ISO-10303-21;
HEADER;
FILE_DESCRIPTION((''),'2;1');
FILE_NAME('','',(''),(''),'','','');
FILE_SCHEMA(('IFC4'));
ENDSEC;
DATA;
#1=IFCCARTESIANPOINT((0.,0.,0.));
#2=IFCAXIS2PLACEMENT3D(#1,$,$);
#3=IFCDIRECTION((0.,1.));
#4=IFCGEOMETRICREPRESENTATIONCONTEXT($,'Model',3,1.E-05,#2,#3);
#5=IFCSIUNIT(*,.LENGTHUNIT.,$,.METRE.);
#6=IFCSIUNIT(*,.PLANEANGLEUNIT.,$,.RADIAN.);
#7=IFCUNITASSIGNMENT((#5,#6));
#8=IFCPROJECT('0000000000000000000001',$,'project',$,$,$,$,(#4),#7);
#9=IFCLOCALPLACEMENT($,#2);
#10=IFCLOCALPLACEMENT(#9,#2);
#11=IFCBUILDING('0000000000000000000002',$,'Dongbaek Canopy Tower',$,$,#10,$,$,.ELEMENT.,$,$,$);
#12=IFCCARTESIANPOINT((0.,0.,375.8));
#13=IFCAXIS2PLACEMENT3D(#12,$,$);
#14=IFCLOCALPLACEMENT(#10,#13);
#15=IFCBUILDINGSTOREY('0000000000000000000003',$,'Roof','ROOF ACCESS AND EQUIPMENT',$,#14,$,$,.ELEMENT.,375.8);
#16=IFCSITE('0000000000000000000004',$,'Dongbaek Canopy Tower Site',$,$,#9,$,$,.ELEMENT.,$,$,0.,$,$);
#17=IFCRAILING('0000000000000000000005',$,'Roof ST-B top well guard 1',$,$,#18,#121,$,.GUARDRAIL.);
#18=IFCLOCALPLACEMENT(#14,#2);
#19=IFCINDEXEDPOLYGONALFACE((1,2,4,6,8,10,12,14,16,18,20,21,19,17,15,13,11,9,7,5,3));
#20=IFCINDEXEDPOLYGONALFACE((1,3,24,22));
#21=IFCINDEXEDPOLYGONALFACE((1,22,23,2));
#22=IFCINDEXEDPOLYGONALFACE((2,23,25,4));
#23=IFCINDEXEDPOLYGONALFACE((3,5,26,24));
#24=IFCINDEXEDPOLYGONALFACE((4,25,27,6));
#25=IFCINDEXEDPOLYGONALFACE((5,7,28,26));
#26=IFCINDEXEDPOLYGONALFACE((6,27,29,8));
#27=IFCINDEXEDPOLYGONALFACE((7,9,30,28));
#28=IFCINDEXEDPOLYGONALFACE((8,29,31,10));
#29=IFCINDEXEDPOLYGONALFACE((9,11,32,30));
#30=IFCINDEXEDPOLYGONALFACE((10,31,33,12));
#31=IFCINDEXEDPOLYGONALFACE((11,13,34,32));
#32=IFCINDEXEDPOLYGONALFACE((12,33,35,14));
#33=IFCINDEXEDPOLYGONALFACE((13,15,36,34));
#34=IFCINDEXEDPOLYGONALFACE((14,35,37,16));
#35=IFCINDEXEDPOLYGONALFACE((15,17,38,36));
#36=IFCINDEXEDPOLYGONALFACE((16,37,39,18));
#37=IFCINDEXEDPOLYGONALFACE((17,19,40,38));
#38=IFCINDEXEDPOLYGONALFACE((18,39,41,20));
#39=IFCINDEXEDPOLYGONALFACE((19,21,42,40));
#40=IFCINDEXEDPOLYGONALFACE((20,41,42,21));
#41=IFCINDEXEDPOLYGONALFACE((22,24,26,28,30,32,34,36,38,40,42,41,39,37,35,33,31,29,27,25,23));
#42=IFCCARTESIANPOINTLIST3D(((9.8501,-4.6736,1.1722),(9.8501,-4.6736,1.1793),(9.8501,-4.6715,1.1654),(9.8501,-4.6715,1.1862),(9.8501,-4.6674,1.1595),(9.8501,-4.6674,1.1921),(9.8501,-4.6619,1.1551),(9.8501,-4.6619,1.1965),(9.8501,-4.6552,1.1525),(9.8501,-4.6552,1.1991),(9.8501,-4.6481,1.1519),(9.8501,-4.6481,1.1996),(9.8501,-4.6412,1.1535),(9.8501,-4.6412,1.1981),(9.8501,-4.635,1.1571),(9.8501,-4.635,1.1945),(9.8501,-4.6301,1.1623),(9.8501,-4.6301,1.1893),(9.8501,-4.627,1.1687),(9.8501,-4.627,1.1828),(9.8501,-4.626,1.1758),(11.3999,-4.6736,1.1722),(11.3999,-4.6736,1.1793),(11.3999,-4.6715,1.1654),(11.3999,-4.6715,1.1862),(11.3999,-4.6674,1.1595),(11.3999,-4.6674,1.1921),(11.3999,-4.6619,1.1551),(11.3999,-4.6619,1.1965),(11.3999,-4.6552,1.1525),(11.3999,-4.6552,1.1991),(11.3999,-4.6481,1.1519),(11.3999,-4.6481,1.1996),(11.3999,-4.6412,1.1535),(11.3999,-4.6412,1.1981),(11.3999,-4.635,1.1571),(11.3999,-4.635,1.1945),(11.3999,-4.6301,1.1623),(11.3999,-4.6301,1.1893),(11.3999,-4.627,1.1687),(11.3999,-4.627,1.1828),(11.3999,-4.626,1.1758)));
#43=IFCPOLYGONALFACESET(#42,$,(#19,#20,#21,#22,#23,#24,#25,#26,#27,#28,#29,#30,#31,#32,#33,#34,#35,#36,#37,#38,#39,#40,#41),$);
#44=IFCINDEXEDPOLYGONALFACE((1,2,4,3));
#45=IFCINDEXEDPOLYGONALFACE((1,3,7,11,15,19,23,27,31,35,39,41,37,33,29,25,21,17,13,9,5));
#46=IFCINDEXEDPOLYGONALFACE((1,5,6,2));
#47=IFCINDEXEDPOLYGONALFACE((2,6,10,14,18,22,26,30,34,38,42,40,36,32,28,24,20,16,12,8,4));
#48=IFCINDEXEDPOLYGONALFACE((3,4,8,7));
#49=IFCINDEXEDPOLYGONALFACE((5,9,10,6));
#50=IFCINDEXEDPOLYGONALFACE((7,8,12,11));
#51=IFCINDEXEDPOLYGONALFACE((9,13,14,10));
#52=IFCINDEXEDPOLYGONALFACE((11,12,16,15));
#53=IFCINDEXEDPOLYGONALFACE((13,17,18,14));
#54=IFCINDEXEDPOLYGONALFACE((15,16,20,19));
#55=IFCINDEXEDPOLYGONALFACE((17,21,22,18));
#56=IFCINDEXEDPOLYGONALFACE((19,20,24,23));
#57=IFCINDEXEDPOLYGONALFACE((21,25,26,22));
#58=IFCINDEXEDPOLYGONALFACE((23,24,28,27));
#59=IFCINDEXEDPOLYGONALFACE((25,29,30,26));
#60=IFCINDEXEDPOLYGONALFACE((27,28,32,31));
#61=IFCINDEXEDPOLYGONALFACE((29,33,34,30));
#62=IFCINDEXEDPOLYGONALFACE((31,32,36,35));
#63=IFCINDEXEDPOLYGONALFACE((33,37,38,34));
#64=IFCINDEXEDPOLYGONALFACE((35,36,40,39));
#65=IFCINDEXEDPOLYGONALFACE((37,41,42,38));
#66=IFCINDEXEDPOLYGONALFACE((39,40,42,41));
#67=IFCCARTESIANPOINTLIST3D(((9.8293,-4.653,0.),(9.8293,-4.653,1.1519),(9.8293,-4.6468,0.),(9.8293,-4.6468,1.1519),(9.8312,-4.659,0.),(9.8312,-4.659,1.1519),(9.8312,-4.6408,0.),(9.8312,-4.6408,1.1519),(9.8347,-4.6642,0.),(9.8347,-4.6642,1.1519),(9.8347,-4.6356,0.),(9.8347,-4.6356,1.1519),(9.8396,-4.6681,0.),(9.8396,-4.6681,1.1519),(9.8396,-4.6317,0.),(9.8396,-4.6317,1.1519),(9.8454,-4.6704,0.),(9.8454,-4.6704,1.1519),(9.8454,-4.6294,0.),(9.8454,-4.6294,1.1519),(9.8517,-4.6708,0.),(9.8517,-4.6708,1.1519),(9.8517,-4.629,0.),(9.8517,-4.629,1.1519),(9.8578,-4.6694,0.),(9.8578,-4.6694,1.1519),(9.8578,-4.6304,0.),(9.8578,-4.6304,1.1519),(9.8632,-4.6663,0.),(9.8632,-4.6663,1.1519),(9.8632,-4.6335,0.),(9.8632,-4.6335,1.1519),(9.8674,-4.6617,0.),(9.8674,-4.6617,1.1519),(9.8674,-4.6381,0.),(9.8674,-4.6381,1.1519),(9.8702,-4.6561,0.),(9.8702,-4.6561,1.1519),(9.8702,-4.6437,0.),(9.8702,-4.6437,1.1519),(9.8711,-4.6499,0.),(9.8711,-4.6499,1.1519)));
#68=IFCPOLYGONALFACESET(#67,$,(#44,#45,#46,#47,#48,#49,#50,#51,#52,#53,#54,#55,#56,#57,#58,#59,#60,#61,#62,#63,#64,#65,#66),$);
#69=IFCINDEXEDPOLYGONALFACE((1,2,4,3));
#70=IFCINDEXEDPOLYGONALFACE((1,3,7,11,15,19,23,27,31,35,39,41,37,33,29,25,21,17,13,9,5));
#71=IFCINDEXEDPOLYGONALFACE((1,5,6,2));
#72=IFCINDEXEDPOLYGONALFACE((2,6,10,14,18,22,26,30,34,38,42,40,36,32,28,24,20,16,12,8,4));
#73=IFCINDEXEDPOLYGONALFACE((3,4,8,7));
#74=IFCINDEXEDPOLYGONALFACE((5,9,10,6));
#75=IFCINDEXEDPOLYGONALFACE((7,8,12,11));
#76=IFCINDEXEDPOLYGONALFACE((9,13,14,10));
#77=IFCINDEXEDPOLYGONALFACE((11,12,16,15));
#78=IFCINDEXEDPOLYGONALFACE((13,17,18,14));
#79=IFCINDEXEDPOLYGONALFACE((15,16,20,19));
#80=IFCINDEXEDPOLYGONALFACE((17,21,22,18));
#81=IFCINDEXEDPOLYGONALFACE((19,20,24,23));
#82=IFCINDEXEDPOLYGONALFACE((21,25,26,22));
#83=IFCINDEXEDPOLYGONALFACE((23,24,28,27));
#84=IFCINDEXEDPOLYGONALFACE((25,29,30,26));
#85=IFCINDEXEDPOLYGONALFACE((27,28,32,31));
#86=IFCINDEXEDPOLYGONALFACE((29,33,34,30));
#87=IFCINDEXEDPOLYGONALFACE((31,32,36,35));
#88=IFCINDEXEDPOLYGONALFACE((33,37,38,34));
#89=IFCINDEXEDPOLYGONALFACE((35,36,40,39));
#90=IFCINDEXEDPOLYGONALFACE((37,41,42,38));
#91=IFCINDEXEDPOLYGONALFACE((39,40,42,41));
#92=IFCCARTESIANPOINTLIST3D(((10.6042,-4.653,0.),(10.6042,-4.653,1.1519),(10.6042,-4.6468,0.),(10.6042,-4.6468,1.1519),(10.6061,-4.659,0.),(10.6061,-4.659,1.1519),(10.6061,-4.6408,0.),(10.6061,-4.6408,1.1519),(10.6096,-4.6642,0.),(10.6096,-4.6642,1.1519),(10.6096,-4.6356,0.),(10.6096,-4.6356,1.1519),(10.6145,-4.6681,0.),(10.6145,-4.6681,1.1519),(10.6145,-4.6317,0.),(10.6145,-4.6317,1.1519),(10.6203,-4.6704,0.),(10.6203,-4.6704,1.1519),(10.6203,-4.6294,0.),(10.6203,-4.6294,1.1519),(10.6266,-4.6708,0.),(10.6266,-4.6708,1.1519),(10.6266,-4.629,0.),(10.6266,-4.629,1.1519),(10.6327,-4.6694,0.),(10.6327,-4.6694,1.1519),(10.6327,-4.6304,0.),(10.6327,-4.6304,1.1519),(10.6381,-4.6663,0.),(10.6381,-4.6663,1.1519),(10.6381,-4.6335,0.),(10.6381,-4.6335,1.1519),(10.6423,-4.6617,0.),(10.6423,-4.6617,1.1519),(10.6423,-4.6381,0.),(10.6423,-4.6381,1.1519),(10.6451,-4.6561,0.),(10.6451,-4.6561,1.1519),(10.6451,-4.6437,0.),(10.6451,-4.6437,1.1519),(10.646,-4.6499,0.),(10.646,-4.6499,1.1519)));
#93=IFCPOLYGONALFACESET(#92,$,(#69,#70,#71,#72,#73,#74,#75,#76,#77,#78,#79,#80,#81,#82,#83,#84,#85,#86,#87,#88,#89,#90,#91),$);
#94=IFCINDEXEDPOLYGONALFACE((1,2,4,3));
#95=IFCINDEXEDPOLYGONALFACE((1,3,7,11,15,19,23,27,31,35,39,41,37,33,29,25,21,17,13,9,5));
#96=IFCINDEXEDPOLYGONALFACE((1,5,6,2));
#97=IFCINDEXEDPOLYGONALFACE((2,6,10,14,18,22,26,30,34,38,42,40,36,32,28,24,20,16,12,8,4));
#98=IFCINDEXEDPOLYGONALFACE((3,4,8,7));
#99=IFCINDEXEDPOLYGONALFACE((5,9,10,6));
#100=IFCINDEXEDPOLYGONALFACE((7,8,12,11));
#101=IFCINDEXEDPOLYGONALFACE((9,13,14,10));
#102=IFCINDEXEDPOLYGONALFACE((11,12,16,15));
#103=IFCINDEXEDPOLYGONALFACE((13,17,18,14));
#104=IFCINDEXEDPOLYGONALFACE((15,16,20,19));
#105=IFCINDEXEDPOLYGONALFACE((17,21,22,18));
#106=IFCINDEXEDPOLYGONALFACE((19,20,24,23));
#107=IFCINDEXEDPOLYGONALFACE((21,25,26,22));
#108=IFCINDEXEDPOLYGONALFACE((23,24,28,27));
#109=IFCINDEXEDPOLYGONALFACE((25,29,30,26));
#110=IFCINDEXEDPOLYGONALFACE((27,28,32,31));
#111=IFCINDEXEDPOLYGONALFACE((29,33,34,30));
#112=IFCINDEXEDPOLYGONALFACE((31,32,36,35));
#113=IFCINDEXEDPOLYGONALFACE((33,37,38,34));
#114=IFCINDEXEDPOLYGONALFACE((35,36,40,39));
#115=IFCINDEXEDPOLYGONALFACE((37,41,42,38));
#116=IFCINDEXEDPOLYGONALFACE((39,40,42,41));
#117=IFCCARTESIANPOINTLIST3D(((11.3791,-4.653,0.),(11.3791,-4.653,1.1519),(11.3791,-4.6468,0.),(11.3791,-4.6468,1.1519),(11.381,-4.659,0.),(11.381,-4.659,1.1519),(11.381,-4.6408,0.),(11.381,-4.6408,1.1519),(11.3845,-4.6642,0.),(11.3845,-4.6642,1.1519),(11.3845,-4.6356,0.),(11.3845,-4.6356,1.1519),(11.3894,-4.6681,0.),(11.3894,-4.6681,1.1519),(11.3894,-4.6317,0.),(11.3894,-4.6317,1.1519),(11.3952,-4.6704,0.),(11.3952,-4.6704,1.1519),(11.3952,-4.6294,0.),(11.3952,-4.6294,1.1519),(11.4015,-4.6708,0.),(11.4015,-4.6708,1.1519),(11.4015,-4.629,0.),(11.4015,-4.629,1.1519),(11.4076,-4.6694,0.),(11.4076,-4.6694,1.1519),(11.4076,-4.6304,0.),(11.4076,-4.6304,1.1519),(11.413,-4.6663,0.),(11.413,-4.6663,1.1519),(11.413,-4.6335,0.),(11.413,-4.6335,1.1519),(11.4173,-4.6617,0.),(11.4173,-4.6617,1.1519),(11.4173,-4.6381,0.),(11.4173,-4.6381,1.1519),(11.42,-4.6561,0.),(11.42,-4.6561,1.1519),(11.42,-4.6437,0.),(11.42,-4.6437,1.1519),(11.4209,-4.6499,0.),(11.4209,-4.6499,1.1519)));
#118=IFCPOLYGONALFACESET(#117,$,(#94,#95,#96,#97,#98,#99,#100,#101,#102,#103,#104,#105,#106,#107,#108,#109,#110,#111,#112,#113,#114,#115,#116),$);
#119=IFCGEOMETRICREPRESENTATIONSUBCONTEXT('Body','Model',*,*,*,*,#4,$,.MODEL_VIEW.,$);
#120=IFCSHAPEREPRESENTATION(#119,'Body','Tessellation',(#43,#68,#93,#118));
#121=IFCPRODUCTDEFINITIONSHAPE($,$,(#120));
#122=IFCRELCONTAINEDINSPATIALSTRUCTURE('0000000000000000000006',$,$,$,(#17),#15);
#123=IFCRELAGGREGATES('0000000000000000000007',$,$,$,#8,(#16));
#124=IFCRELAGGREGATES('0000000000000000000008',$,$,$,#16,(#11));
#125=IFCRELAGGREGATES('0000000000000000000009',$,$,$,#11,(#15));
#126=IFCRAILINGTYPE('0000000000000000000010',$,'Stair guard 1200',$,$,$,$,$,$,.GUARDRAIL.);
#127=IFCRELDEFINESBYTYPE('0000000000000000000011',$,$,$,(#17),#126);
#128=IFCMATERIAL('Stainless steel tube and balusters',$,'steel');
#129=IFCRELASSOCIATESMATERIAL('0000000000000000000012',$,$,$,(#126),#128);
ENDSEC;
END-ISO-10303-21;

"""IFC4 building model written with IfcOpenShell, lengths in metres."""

from ifc_helpers import new_model, si_unit, direction, frame, origin, origin_2d, place, context, subcontext, project, spatial, circle, extrude, material, type_object, element, save


model = new_model("IFC4")

# Units and contexts
model_context = context("Model", 3, precision=1e-05, world=origin(), true_north=direction((0.0, 1.0)))
body_context = subcontext(model_context, "Body", "Model", "MODEL_VIEW")
ifc_project = project(units=[si_unit("LENGTHUNIT", "METRE"), si_unit("PLANEANGLEUNIT", "RADIAN")], contexts=[model_context])

# Site, building, storey
site_placement = place(None, origin())
site = spatial("IfcSite", under=ifc_project, at=site_placement, Name="Dongbaek Canopy Tower Site", CompositionType="ELEMENT", RefElevation=0.0)
building_placement = place(site_placement, origin())
building = spatial("IfcBuilding", under=site, at=building_placement, Name="Dongbaek Canopy Tower", CompositionType="ELEMENT")
storey_placement = place(building_placement, frame((0.0, 0.0, 375.8)))
storey = spatial("IfcBuildingStorey", under=building, at=storey_placement, Name="Roof", Description="ROOF ACCESS AND EQUIPMENT", CompositionType="ELEMENT", Elevation=375.8)

# Railing
ifc_material_1 = material(Name="Stainless steel tube and balusters", Category="steel")
railing_type = type_object("IfcRailingType", Name="Stair guard 1200", PredefinedType="GUARDRAIL", material=ifc_material_1)
railing_placement = place(storey_placement, frame((9.8501, -4.6499, 0.0)))
element("IfcRailing", 1, at=railing_placement, inside=storey, type_object=railing_type, Name="Roof ST-B top well guard 1", PredefinedType="GUARDRAIL", context=body_context, shape_type="SweptSolid", body=[
    extrude(circle(Radius=0.0239, at=origin_2d()), frame((0.0, 0.0, 1.1758), z_axis=(1.0, 0.0, 0.0), x_axis=(0.0, 1.0, 0.0)), (0.0, 0.0, 1.0), 1.5498),
    extrude(circle(Radius=0.021, at=origin_2d()), origin(), (0.0, 0.0, 1.0), 1.1519),
    extrude(circle(Radius=0.021, at=origin_2d()), frame((0.7749, 0.0, 0.0)), (0.0, 0.0, 1.0), 1.1519),
    extrude(circle(Radius=0.021, at=origin_2d()), frame((1.5498, 0.0, 0.0)), (0.0, 0.0, 1.0), 1.1519),
])

save(model, "model.ifc")
